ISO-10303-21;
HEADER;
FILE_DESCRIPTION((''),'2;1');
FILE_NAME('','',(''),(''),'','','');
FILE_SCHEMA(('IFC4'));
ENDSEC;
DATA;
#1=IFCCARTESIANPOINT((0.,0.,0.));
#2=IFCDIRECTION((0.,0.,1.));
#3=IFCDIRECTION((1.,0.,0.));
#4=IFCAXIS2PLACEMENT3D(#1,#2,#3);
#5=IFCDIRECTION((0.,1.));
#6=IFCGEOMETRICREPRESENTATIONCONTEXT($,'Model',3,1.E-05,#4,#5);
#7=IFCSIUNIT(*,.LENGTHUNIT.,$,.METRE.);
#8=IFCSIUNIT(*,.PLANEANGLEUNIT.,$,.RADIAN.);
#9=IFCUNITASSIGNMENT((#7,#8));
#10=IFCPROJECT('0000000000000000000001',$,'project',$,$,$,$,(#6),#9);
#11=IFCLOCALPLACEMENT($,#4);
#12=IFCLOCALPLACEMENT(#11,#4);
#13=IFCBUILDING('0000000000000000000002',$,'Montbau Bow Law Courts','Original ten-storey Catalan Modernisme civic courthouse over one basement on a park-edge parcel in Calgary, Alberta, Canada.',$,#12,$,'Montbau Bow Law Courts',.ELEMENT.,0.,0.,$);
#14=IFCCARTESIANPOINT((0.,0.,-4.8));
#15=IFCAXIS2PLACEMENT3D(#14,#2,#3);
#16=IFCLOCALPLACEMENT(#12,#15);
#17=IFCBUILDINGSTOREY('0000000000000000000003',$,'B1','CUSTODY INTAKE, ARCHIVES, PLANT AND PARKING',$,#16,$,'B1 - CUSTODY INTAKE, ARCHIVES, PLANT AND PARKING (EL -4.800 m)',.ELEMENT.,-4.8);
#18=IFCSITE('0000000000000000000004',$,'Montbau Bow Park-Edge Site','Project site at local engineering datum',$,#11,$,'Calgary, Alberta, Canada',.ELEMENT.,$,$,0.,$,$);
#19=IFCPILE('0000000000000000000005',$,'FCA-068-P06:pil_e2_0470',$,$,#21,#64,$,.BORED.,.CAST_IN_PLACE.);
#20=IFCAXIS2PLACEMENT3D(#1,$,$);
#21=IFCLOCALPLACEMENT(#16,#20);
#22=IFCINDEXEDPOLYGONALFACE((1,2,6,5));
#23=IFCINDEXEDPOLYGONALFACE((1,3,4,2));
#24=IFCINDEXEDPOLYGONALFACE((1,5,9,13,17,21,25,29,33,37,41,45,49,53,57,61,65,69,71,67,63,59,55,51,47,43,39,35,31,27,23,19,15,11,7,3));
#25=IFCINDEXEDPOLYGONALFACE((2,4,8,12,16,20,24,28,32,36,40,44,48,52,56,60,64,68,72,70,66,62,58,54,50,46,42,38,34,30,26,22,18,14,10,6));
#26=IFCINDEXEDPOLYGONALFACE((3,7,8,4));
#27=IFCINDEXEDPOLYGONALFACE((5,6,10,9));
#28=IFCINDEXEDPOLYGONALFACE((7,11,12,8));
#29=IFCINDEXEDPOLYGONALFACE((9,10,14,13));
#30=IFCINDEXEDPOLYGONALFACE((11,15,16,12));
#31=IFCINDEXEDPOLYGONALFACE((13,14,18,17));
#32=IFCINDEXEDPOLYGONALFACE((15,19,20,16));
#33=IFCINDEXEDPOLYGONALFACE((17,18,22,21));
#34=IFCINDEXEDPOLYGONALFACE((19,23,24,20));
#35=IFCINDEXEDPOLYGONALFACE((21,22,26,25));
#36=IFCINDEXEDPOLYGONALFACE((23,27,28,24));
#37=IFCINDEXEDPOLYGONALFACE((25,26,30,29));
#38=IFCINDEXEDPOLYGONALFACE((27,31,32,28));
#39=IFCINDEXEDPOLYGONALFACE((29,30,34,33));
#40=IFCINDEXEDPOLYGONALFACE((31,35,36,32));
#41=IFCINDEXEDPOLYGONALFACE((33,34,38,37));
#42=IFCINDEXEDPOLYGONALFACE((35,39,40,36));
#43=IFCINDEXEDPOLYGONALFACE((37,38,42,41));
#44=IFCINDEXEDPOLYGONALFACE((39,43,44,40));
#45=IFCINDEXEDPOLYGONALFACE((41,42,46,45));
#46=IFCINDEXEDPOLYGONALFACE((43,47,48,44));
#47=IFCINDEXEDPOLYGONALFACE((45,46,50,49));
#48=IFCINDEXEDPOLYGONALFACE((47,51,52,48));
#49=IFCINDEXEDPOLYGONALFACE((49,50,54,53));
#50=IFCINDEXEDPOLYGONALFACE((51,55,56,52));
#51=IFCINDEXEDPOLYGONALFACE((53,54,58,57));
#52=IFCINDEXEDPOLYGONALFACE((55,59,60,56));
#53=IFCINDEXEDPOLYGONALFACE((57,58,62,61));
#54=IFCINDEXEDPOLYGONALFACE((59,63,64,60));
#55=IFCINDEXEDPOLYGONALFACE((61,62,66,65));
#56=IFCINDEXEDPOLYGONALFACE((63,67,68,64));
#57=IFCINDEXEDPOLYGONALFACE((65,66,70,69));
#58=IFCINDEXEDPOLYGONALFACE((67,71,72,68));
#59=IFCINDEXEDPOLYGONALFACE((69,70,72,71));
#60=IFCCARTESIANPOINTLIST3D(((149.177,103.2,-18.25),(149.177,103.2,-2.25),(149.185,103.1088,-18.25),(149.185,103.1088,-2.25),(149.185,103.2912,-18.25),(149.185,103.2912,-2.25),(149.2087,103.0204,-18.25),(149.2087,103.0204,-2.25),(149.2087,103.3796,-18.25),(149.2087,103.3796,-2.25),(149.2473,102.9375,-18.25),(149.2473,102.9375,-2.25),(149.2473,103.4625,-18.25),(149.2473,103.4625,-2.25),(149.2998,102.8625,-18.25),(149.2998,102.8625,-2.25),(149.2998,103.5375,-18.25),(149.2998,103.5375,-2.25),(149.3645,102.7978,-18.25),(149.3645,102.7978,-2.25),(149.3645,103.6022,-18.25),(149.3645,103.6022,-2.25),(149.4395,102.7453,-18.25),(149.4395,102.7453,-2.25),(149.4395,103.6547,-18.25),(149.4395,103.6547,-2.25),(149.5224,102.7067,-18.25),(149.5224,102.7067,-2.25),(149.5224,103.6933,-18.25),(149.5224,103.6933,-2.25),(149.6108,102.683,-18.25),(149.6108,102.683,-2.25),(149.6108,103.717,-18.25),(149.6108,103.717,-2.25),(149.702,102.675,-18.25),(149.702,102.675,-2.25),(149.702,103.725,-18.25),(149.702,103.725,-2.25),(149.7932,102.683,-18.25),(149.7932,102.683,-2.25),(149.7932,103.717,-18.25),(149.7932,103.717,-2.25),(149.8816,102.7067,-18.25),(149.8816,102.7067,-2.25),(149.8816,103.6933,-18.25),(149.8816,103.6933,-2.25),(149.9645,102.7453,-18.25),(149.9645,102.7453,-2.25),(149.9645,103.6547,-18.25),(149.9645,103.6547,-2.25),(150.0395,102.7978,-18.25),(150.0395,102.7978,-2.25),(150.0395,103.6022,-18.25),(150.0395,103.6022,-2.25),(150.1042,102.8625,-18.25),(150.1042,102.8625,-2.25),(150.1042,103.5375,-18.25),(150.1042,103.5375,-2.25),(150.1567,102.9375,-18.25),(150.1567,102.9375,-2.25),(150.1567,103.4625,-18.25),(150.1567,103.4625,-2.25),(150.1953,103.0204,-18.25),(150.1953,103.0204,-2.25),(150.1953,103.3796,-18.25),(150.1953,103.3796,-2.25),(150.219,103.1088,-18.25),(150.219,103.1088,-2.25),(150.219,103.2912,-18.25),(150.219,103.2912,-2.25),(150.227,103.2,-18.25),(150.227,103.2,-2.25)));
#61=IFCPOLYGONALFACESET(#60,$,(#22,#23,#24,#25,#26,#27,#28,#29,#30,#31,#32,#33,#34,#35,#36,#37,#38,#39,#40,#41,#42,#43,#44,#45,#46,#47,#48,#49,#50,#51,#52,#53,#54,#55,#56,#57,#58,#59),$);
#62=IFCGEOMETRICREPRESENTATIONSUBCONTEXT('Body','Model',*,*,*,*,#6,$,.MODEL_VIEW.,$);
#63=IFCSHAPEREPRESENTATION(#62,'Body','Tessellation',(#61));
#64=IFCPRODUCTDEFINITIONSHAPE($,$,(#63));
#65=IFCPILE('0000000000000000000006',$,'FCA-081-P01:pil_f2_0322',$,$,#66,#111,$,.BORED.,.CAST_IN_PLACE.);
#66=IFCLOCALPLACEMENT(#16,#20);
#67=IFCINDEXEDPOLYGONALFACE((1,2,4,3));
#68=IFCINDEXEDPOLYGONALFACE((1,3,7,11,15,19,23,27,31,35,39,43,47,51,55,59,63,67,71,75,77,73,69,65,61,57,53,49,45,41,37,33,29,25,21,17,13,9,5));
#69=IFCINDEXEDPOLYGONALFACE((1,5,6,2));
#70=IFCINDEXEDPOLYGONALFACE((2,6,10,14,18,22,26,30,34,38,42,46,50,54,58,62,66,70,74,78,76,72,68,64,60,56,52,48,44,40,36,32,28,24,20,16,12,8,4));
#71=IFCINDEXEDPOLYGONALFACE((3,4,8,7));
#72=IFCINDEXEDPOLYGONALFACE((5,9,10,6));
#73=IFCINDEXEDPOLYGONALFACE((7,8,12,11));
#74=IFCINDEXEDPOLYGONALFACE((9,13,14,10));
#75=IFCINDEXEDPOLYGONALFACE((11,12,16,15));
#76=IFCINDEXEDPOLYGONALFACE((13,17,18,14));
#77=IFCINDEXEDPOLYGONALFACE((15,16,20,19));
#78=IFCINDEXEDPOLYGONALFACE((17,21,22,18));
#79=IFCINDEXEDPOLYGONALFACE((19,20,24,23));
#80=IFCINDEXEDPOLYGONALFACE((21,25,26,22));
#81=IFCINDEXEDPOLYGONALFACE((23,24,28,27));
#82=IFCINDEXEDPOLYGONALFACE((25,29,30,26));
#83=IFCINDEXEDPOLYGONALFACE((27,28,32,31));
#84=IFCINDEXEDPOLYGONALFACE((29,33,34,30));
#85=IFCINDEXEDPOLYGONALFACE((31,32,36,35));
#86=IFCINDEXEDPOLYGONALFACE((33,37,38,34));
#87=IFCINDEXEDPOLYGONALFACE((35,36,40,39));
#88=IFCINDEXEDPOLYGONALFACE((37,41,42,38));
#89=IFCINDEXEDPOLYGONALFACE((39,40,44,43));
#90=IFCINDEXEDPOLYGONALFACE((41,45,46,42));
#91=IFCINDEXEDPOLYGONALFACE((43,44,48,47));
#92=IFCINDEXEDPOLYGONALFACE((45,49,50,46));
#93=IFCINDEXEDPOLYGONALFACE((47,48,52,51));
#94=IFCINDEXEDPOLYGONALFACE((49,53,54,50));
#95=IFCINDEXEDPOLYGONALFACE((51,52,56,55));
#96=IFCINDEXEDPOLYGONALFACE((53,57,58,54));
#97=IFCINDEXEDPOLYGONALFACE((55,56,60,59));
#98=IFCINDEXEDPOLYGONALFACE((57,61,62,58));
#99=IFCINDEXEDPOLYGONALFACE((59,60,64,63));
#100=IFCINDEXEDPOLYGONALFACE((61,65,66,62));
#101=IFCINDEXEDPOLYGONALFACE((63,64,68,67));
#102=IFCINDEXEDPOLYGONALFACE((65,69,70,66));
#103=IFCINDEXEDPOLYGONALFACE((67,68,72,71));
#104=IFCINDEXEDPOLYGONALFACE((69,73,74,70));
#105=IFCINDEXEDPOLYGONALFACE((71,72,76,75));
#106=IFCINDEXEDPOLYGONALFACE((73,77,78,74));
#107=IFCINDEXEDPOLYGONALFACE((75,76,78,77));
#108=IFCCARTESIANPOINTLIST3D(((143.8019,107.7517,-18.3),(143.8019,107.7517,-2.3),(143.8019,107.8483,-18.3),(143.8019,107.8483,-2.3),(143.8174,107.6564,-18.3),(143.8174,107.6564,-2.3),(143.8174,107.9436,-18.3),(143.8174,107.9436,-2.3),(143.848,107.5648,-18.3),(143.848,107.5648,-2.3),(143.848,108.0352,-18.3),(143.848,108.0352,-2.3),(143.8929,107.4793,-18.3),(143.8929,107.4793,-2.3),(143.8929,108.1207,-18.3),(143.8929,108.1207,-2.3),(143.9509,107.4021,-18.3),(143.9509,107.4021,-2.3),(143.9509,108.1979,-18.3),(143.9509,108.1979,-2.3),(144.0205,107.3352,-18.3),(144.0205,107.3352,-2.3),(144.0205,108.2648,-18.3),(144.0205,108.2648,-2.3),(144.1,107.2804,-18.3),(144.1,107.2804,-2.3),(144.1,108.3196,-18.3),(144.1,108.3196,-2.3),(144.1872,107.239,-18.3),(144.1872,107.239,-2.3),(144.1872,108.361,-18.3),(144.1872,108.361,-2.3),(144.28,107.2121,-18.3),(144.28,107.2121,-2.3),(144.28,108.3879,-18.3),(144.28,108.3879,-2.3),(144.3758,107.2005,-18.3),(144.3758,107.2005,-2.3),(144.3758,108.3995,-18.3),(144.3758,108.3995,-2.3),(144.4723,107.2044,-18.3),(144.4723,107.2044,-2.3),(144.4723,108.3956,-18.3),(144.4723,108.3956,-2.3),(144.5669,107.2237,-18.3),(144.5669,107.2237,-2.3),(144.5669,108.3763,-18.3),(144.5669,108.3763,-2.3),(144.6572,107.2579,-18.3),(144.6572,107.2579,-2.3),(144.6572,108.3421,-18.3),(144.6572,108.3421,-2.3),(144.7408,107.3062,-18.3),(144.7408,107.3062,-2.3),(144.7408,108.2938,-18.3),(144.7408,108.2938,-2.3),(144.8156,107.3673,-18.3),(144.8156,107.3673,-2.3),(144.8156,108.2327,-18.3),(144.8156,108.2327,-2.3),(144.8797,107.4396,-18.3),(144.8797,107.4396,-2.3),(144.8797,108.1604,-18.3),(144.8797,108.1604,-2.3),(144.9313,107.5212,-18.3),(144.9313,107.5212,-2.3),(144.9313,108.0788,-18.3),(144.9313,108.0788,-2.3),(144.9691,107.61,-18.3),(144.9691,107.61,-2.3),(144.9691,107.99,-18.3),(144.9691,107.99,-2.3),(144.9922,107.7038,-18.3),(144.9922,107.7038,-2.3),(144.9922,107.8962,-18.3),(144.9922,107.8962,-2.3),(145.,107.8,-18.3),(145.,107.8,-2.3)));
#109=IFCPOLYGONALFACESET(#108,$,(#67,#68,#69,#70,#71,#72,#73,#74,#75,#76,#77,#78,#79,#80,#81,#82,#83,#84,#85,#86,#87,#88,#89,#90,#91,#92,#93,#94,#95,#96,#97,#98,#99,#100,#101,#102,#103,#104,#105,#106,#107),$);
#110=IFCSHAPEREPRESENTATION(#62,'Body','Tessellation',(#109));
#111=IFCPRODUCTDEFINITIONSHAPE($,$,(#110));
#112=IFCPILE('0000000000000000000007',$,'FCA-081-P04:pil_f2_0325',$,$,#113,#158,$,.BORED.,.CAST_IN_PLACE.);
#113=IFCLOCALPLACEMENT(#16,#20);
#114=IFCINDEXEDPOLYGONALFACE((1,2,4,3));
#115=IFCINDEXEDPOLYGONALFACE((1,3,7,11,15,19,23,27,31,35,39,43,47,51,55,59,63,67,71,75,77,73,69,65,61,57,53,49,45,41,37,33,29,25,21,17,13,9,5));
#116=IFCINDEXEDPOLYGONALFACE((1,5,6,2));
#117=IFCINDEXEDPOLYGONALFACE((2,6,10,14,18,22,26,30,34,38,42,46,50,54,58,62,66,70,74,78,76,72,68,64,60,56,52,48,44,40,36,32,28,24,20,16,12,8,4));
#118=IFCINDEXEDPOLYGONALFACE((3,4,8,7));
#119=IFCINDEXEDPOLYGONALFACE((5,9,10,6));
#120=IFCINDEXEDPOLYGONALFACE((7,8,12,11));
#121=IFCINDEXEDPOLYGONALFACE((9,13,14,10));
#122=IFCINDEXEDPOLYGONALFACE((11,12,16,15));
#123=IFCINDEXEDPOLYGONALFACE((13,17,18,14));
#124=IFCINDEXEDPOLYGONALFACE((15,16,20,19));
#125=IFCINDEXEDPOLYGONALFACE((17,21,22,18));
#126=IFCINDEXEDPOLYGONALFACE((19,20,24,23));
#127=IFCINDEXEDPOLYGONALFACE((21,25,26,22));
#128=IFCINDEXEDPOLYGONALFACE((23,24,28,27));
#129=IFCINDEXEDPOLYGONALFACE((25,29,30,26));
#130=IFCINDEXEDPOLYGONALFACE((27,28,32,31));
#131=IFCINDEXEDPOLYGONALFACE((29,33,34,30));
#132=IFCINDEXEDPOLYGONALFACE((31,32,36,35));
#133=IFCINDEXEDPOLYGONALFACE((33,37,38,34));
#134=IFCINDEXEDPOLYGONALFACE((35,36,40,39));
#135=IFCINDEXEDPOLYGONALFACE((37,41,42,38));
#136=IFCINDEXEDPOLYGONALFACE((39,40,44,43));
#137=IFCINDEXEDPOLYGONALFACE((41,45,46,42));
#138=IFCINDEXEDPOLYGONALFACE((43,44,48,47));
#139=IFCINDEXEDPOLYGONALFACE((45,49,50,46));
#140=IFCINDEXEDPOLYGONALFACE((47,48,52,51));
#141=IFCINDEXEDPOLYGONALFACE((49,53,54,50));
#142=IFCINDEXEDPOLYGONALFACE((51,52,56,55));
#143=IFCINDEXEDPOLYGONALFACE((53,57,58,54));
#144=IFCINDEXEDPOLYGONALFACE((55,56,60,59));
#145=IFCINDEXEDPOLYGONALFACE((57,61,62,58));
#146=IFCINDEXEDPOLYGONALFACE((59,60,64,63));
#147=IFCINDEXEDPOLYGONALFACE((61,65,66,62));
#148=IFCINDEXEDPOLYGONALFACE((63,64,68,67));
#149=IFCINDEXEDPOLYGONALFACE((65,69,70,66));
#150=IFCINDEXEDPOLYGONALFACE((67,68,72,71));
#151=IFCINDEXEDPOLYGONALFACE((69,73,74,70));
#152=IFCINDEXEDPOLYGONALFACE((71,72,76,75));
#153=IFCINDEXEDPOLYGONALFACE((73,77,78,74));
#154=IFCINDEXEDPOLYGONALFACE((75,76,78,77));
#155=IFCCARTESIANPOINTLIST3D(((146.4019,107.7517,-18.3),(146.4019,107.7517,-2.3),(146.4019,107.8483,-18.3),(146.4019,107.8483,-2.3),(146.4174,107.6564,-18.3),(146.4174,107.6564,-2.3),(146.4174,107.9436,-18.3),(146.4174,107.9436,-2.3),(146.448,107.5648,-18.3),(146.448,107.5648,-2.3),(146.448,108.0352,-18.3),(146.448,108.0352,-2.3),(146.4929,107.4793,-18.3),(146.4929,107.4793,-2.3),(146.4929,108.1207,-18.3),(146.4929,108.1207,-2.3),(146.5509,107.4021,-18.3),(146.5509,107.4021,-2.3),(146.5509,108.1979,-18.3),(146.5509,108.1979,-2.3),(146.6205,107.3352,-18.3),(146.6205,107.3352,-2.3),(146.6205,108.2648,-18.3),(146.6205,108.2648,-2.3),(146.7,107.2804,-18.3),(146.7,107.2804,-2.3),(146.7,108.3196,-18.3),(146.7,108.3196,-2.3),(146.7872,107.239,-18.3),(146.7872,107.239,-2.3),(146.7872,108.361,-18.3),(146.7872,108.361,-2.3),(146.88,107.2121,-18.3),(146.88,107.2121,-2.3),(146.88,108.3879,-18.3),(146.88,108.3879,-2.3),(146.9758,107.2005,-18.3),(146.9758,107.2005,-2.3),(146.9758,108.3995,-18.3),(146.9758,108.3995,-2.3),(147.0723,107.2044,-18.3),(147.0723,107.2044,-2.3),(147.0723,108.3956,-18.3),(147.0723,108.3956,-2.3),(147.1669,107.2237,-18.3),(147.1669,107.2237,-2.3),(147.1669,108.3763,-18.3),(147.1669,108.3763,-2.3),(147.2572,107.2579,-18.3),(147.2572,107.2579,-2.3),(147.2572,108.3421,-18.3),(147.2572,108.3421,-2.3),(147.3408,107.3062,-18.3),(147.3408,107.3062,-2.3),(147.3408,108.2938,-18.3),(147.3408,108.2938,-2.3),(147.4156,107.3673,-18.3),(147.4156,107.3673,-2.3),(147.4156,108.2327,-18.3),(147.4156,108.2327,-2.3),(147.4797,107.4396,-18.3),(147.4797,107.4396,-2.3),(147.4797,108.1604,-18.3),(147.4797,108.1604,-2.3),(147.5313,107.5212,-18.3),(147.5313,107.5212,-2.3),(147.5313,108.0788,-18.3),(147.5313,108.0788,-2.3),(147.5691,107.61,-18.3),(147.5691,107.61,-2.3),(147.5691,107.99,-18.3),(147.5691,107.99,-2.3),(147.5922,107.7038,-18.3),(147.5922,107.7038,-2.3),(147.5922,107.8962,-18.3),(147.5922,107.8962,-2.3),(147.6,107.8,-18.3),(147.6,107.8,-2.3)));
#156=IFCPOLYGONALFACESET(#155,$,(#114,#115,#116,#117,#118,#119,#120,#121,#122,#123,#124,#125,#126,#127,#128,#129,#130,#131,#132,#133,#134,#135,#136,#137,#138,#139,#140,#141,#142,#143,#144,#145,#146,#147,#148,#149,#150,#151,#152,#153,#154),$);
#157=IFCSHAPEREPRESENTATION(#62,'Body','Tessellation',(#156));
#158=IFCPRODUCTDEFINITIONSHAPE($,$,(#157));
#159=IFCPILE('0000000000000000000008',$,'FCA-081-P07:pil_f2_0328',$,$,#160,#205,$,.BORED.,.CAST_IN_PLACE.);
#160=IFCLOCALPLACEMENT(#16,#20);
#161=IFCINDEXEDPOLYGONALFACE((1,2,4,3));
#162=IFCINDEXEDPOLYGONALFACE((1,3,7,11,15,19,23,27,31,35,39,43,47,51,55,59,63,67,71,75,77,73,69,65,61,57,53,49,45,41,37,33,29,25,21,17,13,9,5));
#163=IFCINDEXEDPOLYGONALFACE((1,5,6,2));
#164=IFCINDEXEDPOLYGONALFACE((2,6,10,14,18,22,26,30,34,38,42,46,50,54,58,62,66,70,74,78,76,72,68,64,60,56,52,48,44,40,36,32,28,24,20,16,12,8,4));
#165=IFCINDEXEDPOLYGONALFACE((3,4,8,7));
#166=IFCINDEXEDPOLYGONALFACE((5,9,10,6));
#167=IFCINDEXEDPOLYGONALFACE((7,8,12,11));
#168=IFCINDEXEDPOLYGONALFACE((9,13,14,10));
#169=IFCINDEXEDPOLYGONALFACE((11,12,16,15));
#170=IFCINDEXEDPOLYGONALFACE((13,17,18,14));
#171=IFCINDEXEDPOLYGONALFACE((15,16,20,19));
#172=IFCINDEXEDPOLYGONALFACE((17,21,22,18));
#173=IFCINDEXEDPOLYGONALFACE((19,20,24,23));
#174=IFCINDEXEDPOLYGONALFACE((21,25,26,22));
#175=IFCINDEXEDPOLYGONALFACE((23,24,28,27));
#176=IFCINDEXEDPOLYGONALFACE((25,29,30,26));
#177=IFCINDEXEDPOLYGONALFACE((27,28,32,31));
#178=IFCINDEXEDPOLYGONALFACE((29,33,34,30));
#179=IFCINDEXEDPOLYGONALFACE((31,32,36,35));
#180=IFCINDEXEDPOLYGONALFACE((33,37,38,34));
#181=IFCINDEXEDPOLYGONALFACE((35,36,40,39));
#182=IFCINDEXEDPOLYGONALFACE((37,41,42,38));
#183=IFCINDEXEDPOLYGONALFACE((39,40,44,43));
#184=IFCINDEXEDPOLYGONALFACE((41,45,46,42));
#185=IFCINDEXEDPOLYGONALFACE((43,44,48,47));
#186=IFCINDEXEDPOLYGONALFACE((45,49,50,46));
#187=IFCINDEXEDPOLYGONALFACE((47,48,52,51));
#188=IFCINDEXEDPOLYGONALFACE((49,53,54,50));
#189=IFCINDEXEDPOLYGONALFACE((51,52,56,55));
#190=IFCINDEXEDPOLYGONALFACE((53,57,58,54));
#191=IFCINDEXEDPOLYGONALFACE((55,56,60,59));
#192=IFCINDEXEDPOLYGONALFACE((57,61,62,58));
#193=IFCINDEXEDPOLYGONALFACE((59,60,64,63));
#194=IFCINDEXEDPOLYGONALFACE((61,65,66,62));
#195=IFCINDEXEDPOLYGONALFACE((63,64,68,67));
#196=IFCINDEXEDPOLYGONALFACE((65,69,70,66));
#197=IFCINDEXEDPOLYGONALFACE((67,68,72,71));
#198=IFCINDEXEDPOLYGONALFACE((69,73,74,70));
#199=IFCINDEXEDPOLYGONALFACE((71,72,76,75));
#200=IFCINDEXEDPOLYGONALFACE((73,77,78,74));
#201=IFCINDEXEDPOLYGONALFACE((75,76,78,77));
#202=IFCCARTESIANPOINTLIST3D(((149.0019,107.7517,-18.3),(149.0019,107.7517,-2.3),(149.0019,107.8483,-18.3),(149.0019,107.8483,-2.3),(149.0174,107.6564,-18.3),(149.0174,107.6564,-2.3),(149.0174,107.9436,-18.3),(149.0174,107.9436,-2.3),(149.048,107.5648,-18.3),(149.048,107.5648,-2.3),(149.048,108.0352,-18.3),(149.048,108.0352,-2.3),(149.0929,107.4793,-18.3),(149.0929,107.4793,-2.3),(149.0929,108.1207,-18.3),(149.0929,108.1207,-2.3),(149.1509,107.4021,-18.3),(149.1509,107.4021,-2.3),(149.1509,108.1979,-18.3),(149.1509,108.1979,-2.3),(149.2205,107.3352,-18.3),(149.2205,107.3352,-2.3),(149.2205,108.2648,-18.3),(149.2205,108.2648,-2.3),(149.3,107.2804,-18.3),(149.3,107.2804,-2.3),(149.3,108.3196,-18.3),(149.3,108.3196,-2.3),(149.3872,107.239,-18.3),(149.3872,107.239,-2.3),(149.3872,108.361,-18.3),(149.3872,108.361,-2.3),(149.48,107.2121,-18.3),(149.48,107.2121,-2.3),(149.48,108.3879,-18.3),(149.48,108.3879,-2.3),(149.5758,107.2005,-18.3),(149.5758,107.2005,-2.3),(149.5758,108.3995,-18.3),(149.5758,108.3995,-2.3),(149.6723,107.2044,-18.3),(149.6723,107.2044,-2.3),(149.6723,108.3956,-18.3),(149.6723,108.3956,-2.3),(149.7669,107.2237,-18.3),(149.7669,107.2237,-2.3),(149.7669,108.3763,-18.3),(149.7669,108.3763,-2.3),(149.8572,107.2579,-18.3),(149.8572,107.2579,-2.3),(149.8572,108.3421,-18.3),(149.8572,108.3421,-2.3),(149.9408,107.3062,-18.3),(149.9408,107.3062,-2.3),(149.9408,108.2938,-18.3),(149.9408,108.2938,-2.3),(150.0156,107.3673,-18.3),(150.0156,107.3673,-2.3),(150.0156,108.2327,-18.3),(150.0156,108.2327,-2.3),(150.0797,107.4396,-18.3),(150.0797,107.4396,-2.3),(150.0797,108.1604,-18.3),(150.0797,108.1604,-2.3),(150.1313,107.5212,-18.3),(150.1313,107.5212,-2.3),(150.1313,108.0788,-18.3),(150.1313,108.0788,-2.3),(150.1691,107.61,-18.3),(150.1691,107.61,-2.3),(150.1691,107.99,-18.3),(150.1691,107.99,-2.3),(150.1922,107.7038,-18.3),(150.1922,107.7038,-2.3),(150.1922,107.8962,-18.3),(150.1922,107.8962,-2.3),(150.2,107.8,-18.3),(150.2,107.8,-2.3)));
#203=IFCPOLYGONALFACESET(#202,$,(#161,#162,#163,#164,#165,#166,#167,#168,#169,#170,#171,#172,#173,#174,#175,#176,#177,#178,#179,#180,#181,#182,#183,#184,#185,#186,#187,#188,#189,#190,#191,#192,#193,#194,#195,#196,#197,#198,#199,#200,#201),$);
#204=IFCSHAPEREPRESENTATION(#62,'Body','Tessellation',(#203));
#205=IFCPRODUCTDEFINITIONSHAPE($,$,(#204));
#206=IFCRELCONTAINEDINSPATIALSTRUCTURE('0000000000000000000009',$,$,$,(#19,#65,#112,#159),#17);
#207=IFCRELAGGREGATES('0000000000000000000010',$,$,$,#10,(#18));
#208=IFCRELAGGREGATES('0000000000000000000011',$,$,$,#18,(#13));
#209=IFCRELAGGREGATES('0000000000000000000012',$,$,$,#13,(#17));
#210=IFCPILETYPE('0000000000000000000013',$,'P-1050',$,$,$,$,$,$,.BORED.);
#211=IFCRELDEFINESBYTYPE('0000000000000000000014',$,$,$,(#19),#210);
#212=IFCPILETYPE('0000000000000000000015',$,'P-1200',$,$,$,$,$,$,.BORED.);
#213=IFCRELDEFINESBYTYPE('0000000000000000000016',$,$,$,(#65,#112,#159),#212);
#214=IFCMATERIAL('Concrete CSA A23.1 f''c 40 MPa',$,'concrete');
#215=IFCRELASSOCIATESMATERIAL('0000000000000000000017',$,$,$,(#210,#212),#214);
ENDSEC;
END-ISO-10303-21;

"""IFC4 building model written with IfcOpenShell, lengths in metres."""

from ifc_helpers import new_model, si_unit, direction, frame, origin_with_axes, origin_2d_with_axis, place, context, subcontext, project, spatial, circle, extrude, material, material_profile, profile_set, type_object, element, save


model = new_model("IFC4")

# Units and contexts
model_context = context("Model", 3, precision=1e-05, world=origin_with_axes(), true_north=direction((0.0, 1.0)))
body_context = subcontext(model_context, "Body", "Model", "MODEL_VIEW")
ifc_project = project(units=[si_unit("LENGTHUNIT", "METRE"), si_unit("PLANEANGLEUNIT", "RADIAN")], contexts=[model_context])

# Site, building, storey
site_placement = place(None, origin_with_axes())
site = spatial("IfcSite", under=ifc_project, at=site_placement, Name="Montbau Bow Park-Edge Site", Description="Project site at local engineering datum", LongName="Calgary, Alberta, Canada", CompositionType="ELEMENT", RefElevation=0.0)
building_placement = place(site_placement, origin_with_axes())
building = spatial("IfcBuilding", under=site, at=building_placement, Name="Montbau Bow Law Courts", Description="Original ten-storey Catalan Modernisme civic courthouse over one basement on a park-edge parcel in Calgary, Alberta, Canada.", LongName="Montbau Bow Law Courts", CompositionType="ELEMENT", ElevationOfRefHeight=0.0, ElevationOfTerrain=0.0)
storey_placement = place(building_placement, frame((0.0, 0.0, -4.8), z_axis=(0.0, 0.0, 1.0), x_axis=(1.0, 0.0, 0.0)))
storey = spatial("IfcBuildingStorey", under=building, at=storey_placement, Name="B1", Description="CUSTODY INTAKE, ARCHIVES, PLANT AND PARKING", LongName="B1 - CUSTODY INTAKE, ARCHIVES, PLANT AND PARKING (EL -4.800 m)", CompositionType="ELEMENT", Elevation=-4.8)

# Piles
ifc_material_1 = material(Name="Concrete CSA A23.1 f'c 40 MPa", Category="concrete")
ifc_material_profile_1 = material_profile(ifc_material_1, circle(Radius=0.525, at=origin_2d_with_axis()), Name="BP1050", Category="Main", Priority=0)
ifc_profile_set_1 = profile_set([ifc_material_profile_1], Name="Concrete CSA A23.1 f'c 40 MPa")
pile_type_1 = type_object("IfcPileType", Name="P-1050", PredefinedType="BORED", material=ifc_profile_set_1)
for number, where, z_axis, x_axis, name in (
    (1, (149.702, 103.2, -23.05), (0.0, 0.0, 1.0), (1.0, 0.0, 0.0), "FCA-068-P06:pil_e2_0470"),
):
    element("IfcPile", number, at=place(None, frame(where, z_axis=z_axis, x_axis=x_axis)), inside=storey, type_object=pile_type_1, Name=name, ConstructionType="CAST_IN_PLACE", PredefinedType="BORED", context=body_context, shape_type="SweptSolid", body=[
        extrude(circle(Radius=0.525, at=origin_2d_with_axis()), origin_with_axes(), (0.0, 0.0, 1.0), 16.0),
    ])
ifc_material_profile_2 = material_profile(ifc_material_1, circle(Radius=0.6, at=origin_2d_with_axis()), Name="BP1200", Category="Main", Priority=0)
ifc_profile_set_2 = profile_set([ifc_material_profile_2], Name="Concrete CSA A23.1 f'c 40 MPa")
pile_type_2 = type_object("IfcPileType", Name="P-1200", PredefinedType="BORED", material=ifc_profile_set_2)
for number, where, z_axis, x_axis, name in (
    (2, (144.4, 107.8, -23.1), (0.0, 0.0, 1.0), (1.0, 0.0, 0.0), "FCA-081-P01:pil_f2_0322"),
    (3, (147.0, 107.8, -23.1), (0.0, 0.0, 1.0), (1.0, 0.0, 0.0), "FCA-081-P04:pil_f2_0325"),
    (4, (149.6, 107.8, -23.1), (0.0, 0.0, 1.0), (1.0, 0.0, 0.0), "FCA-081-P07:pil_f2_0328"),
):
    element("IfcPile", number, at=place(None, frame(where, z_axis=z_axis, x_axis=x_axis)), inside=storey, type_object=pile_type_2, Name=name, ConstructionType="CAST_IN_PLACE", PredefinedType="BORED", context=body_context, shape_type="SweptSolid", body=[
        extrude(circle(Radius=0.6, at=origin_2d_with_axis()), origin_with_axes(), (0.0, 0.0, 1.0), 16.0),
    ])

save(model, "model.ifc")
